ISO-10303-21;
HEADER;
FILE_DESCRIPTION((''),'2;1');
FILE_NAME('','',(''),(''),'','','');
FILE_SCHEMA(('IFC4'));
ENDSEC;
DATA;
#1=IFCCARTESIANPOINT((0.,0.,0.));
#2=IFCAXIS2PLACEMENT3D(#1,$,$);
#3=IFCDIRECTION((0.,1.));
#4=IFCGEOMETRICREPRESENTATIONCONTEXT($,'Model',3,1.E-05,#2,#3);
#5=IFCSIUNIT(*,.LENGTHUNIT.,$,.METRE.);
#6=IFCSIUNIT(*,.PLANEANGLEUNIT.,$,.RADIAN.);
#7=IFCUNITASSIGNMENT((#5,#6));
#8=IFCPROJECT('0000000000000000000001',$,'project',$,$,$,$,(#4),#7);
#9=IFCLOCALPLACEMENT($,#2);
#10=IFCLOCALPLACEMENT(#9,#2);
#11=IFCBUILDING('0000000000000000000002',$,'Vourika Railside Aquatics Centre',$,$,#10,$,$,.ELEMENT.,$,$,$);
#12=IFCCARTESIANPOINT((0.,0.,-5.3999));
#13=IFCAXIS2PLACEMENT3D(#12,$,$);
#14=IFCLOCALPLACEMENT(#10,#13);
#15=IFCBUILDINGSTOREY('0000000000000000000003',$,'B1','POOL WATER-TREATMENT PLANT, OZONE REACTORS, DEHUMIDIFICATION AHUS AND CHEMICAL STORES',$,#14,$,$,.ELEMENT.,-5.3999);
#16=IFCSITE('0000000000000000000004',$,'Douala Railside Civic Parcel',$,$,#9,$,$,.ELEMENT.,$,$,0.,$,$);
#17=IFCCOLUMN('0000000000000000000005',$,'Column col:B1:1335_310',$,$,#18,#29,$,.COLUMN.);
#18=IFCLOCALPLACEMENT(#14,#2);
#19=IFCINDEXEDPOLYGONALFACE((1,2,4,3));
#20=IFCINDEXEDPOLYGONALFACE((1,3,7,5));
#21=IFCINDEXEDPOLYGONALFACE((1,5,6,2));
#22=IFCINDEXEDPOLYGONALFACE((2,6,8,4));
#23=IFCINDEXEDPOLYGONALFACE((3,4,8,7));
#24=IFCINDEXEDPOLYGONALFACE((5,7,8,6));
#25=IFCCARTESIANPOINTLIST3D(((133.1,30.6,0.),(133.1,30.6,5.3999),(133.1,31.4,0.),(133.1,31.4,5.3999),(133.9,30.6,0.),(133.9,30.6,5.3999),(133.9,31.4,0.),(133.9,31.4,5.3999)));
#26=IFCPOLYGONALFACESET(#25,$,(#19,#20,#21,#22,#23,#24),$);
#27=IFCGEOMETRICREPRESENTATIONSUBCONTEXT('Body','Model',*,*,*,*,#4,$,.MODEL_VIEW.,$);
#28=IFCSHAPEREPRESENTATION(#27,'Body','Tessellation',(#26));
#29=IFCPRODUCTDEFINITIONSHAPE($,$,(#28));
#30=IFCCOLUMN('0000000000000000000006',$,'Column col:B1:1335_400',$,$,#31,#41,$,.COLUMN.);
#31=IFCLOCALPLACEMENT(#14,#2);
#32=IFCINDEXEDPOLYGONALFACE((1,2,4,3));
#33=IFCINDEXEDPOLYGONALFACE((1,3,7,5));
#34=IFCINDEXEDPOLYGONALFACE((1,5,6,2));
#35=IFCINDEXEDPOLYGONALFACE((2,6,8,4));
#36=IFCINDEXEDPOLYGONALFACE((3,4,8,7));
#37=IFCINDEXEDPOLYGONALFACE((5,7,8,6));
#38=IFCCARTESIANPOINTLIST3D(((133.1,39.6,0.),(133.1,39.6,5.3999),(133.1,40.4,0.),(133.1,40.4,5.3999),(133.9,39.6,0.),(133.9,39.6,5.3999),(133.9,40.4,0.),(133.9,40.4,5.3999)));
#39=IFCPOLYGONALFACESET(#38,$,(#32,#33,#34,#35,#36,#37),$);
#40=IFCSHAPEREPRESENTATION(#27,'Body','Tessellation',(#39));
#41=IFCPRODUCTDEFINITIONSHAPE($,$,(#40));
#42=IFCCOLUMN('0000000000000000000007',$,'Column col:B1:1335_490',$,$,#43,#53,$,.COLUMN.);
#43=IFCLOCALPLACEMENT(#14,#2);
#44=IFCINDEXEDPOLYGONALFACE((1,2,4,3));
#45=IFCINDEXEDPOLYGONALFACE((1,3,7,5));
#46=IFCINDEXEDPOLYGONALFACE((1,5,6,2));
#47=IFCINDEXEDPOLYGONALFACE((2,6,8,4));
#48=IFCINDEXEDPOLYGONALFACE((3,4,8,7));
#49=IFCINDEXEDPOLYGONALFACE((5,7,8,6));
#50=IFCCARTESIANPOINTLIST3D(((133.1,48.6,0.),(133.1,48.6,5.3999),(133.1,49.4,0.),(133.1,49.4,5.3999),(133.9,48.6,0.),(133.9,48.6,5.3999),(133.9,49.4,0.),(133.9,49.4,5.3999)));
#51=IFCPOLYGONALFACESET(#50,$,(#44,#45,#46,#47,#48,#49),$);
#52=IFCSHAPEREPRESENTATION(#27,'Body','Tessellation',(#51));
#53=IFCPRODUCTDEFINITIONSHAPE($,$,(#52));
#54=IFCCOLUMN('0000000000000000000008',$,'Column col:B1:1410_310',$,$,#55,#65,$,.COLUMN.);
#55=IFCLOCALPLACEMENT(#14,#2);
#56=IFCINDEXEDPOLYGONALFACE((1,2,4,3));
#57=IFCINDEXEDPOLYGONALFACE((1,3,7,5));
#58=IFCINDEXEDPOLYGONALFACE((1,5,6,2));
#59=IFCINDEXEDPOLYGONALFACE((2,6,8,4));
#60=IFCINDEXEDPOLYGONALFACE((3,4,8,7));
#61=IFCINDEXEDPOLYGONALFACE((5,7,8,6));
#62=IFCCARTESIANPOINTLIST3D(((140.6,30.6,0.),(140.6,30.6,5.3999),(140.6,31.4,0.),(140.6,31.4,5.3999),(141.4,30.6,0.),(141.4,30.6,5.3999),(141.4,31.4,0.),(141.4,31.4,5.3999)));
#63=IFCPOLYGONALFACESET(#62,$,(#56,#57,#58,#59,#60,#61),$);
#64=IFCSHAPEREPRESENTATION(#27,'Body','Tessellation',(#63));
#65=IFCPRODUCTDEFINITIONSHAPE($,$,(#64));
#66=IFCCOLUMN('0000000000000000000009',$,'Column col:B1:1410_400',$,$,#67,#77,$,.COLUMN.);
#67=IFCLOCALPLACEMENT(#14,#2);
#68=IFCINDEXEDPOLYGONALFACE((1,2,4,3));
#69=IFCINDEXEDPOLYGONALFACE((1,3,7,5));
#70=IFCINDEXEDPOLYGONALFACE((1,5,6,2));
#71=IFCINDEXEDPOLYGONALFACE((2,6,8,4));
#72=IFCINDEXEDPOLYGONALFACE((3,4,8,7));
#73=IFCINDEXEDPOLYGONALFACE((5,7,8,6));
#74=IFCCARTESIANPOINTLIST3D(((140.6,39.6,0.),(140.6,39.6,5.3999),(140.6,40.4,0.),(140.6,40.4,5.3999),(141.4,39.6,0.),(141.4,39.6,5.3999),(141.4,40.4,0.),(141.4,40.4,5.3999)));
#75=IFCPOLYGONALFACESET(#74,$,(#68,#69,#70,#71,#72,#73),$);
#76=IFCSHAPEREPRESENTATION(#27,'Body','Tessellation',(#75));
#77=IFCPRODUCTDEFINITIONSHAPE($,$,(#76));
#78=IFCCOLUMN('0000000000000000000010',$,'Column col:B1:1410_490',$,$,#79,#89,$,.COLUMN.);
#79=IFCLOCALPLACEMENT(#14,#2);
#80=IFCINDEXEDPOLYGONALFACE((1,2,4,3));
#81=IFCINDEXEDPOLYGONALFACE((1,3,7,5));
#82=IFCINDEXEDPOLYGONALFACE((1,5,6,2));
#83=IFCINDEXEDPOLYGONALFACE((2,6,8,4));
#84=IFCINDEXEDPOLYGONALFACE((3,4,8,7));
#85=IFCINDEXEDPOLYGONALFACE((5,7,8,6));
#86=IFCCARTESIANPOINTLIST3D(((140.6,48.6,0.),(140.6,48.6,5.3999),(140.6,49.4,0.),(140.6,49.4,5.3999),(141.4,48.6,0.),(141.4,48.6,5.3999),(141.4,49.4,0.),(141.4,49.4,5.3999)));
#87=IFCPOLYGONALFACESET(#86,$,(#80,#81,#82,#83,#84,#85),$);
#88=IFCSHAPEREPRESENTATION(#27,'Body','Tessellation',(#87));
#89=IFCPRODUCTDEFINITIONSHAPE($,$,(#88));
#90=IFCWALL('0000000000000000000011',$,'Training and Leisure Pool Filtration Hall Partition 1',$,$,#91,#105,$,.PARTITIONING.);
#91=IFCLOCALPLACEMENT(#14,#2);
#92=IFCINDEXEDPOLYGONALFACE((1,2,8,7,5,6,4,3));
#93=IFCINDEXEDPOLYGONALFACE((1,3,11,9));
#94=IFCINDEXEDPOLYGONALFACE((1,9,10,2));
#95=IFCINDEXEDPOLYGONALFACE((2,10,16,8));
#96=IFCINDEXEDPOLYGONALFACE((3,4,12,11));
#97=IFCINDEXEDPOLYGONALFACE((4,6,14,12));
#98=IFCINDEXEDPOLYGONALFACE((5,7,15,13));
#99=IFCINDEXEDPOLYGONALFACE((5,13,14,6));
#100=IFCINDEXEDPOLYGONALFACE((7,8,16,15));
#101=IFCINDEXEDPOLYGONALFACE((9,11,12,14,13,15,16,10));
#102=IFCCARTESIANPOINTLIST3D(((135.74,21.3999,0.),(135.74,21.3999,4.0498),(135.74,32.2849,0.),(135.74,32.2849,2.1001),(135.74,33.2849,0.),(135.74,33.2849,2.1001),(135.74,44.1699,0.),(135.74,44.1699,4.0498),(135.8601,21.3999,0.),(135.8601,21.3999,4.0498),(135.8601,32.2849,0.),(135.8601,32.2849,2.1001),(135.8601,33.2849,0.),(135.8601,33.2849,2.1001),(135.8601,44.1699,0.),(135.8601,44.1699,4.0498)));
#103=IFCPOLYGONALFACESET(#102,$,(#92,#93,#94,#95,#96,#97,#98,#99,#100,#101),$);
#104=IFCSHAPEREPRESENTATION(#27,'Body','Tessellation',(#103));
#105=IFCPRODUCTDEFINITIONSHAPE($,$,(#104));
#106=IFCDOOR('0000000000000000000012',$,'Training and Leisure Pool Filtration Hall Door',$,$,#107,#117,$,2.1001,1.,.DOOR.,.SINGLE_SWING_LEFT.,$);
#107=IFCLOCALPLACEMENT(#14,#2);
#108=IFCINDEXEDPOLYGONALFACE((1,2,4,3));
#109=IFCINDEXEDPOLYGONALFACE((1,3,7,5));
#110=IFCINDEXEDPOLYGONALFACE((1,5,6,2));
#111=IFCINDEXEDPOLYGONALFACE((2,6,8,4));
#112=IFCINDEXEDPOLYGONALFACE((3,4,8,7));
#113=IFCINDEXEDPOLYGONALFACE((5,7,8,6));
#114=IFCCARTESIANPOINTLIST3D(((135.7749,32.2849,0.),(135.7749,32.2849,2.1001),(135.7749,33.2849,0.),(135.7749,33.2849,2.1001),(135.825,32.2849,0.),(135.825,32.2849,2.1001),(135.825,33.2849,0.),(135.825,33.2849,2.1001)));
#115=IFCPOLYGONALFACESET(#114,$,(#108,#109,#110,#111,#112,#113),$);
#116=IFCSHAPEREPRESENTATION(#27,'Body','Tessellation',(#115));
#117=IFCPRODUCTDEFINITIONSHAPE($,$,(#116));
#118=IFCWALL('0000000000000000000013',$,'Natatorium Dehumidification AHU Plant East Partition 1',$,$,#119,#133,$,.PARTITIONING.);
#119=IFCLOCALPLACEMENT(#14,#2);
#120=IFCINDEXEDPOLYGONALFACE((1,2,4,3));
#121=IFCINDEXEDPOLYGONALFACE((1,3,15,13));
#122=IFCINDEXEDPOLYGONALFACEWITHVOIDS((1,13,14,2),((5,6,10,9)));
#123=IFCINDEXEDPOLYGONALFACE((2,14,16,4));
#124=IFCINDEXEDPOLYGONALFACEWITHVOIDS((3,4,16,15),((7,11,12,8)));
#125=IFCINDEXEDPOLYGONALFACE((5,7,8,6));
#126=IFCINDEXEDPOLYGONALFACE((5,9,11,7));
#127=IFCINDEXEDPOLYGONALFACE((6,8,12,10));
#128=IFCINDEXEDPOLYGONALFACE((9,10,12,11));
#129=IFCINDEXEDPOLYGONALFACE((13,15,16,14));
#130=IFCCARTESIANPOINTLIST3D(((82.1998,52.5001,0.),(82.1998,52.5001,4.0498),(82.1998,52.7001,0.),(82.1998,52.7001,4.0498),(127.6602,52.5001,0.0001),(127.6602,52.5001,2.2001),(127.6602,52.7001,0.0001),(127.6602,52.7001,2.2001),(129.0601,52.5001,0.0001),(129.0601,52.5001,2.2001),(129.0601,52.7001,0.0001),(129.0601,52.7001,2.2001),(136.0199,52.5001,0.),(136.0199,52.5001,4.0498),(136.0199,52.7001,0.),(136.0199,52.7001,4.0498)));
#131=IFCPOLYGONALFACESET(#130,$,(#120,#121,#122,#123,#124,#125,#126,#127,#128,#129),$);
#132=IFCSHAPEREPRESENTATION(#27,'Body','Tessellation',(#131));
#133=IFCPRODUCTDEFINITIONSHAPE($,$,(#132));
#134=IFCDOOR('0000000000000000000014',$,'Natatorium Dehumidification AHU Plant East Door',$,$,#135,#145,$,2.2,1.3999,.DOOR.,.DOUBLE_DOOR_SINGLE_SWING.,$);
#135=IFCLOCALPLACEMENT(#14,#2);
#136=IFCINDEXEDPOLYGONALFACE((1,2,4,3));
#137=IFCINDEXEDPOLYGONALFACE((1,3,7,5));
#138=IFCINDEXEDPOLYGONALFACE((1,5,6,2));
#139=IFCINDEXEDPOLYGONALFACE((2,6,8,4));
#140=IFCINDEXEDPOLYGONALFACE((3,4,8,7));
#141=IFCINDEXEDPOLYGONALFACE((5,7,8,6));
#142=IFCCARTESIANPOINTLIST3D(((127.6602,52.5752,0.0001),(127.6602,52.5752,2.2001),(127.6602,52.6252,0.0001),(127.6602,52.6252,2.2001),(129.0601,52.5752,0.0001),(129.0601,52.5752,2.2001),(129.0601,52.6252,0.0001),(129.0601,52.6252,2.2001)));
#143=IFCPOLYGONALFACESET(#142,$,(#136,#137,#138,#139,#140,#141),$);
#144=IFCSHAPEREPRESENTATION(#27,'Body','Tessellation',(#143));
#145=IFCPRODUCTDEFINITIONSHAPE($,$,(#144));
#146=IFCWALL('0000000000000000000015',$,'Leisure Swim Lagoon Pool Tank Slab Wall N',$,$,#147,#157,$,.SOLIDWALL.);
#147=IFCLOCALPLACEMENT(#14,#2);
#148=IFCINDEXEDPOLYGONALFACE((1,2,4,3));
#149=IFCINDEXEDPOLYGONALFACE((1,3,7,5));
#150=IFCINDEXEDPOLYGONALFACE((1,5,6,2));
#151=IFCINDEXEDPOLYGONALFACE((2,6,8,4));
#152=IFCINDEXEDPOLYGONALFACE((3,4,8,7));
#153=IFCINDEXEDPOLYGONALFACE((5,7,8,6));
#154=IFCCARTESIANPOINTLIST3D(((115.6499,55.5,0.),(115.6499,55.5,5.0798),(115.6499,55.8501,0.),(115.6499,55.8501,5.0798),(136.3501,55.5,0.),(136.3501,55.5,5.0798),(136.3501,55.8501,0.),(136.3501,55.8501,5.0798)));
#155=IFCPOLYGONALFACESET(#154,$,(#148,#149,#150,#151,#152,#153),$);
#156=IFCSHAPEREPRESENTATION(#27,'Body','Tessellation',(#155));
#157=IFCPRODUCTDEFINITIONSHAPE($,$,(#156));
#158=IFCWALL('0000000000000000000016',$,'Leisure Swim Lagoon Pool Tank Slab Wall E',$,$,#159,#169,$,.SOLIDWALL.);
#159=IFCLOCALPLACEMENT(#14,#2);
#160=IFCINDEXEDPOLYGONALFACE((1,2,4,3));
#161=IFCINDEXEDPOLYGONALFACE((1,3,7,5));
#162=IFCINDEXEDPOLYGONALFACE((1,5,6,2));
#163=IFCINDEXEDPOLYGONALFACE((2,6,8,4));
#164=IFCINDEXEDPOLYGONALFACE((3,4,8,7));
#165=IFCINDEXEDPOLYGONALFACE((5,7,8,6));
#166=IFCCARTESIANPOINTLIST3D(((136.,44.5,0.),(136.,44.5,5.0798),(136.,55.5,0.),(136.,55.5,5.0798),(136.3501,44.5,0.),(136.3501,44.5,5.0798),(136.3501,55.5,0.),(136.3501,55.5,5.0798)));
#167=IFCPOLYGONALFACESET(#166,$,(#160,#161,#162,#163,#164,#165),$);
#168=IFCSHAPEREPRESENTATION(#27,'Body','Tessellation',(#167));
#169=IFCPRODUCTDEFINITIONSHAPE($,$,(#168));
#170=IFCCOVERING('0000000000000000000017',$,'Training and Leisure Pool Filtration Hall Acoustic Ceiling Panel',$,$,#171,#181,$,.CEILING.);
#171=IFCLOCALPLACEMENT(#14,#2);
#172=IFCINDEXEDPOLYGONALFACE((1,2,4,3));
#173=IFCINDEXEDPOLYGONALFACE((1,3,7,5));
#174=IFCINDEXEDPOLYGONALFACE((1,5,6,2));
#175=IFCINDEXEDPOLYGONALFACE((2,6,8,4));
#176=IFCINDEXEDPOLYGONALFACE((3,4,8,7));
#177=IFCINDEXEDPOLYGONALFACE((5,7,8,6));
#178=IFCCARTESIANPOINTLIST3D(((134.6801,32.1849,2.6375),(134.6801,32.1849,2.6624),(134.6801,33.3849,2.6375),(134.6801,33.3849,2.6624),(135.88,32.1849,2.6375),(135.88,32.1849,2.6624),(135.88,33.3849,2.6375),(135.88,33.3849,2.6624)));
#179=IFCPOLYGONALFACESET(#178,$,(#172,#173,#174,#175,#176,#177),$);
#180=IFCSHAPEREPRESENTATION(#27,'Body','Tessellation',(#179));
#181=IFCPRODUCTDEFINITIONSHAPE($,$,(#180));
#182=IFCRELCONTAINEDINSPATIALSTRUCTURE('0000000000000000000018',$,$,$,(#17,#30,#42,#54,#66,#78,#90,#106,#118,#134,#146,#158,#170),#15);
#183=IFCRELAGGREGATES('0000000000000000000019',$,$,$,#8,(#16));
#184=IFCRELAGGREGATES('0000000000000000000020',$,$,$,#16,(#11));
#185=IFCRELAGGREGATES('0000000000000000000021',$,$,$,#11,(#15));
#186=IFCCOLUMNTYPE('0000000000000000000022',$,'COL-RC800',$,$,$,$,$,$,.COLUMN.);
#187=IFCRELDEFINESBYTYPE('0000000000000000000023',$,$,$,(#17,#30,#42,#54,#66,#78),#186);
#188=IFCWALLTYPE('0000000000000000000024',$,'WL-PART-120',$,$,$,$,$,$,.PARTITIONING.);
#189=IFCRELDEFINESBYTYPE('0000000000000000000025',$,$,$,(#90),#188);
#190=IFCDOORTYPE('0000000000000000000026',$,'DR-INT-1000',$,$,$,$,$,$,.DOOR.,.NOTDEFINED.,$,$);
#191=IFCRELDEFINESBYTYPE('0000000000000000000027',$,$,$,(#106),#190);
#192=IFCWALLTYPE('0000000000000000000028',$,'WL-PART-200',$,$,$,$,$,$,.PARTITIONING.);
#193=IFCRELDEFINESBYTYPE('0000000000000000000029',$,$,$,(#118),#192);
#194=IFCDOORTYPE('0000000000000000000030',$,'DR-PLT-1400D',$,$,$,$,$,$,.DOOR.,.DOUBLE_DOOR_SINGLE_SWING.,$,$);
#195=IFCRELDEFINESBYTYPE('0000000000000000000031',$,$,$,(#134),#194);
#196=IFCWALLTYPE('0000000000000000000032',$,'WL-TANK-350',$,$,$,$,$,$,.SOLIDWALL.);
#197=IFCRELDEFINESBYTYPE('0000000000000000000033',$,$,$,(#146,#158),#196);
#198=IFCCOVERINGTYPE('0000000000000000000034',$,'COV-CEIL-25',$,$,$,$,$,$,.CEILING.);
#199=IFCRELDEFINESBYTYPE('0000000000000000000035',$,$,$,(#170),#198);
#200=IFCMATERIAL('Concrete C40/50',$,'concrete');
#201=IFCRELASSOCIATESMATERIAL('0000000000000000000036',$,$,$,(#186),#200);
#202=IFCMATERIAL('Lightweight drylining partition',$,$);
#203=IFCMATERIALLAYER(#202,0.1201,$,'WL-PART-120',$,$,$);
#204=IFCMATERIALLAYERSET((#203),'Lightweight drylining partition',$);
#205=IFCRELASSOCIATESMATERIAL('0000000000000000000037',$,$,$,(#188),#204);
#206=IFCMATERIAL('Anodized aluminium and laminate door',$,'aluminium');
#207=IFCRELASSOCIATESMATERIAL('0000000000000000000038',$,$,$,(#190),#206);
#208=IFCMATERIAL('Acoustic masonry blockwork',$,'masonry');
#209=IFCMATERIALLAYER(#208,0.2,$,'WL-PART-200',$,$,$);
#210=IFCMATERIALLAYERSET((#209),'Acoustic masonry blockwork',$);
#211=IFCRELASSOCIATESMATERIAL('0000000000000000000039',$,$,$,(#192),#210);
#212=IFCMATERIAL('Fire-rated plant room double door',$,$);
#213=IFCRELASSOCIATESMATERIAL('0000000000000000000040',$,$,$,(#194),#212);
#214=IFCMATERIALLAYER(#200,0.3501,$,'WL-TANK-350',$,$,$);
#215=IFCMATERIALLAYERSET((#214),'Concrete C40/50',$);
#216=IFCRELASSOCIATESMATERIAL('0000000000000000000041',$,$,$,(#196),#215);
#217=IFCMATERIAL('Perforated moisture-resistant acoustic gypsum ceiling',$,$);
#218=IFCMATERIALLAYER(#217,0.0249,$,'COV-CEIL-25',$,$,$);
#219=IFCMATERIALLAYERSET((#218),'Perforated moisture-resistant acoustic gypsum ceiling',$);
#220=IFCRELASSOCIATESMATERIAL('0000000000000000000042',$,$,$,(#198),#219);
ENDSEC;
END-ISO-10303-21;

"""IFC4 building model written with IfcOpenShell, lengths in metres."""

from ifc_helpers import new_model, si_unit, direction, frame, frame_2d, origin, origin_2d, place, context, subcontext, project, spatial, rectangle, extrude, material, layer, layer_set, material_profile, profile_set, type_object, element, fill, save


model = new_model("IFC4")

# Units and contexts
model_context = context("Model", 3, precision=1e-05, world=origin(), true_north=direction((0.0, 1.0)))
body_context = subcontext(model_context, "Body", "Model", "MODEL_VIEW")
ifc_project = project(units=[si_unit("LENGTHUNIT", "METRE"), si_unit("PLANEANGLEUNIT", "RADIAN")], contexts=[model_context])

# Site, building, storey
site_placement = place(None, origin())
site = spatial("IfcSite", under=ifc_project, at=site_placement, Name="Douala Railside Civic Parcel", CompositionType="ELEMENT", RefElevation=0.0)
building_placement = place(site_placement, origin())
building = spatial("IfcBuilding", under=site, at=building_placement, Name="Vourika Railside Aquatics Centre", CompositionType="ELEMENT")
storey_placement = place(building_placement, frame((0.0, 0.0, -5.3999)))
storey = spatial("IfcBuildingStorey", under=building, at=storey_placement, Name="B1", Description="POOL WATER-TREATMENT PLANT, OZONE REACTORS, DEHUMIDIFICATION AHUS AND CHEMICAL STORES", CompositionType="ELEMENT", Elevation=-5.3999)

# Shared definitions
ifc_material_1 = material(Name="Concrete C40/50", Category="concrete")

# Columns
ifc_material_profile_1 = material_profile(ifc_material_1, rectangle(XDim=0.8, YDim=0.8, at=origin_2d()), Name="RC 800x800")
ifc_profile_set_1 = profile_set([ifc_material_profile_1], Name="Concrete C40/50")
column_type_1 = type_object("IfcColumnType", Name="COL-RC800", PredefinedType="COLUMN", material=ifc_profile_set_1)
for number, where, z_axis, x_axis, name in (
    (1, (133.5, 31.0, 0.0), (0.0, 0.0, 1.0), (1.0, 0.0, 0.0), "Column col:B1:1335_310"),
    (2, (133.5, 40.0, 0.0), (0.0, 0.0, 1.0), (1.0, 0.0, 0.0), "Column col:B1:1335_400"),
    (3, (133.5, 49.0, 0.0), (0.0, 0.0, 1.0), (1.0, 0.0, 0.0), "Column col:B1:1335_490"),
    (4, (141.0, 31.0, 0.0), (0.0, 0.0, 1.0), (1.0, 0.0, 0.0), "Column col:B1:1410_310"),
    (5, (141.0, 40.0, 0.0), (0.0, 0.0, 1.0), (1.0, 0.0, 0.0), "Column col:B1:1410_400"),
    (6, (141.0, 49.0, 0.0), (0.0, 0.0, 1.0), (1.0, 0.0, 0.0), "Column col:B1:1410_490"),
):
    element("IfcColumn", number, at=place(storey_placement, frame(where, z_axis=z_axis, x_axis=x_axis)), inside=storey, type_object=column_type_1, Name=name, PredefinedType="COLUMN", context=body_context, shape_type="SweptSolid", body=[
        extrude(rectangle(XDim=0.8, YDim=0.8, at=origin_2d()), origin(), (0.0, 0.0, 1.0), 5.3999),
    ])

# Walls, openings, doors
ifc_material_2 = material(Name="Lightweight drylining partition")
ifc_layer_1 = layer(ifc_material_2, 0.1201, Name="WL-PART-120")
ifc_layer_set_1 = layer_set([ifc_layer_1], Name="Lightweight drylining partition")
wall_type_1 = type_object("IfcWallType", Name="WL-PART-120", PredefinedType="PARTITIONING", material=ifc_layer_set_1)
wall_1_placement = place(storey_placement, frame((135.8, 44.1699, 0.0), z_axis=(0.0, 0.0, 1.0), x_axis=(0.0, -1.0, 0.0)))
wall_1 = element("IfcWall", 7, at=wall_1_placement, inside=storey, type_object=wall_type_1, Name="Training and Leisure Pool Filtration Hall Partition 1", PredefinedType="PARTITIONING", context=body_context, shape_type="SweptSolid", body=[
    extrude(rectangle(XDim=22.77, YDim=0.1201, at=frame_2d((11.385, 0.0))), origin(), (0.0, 0.0, 1.0), 4.0498),
])
opening_1_placement = place(wall_1_placement, frame((10.885, 0.0, 0.0)))
opening_1 = element("IfcOpeningElement", 8, at=opening_1_placement, cuts=wall_1, PredefinedType="OPENING", context=body_context, shape_type="SweptSolid", body=[
    extrude(rectangle(XDim=1.0, YDim=2.1001, at=frame_2d((0.5, 1.05))), frame((0.0, 0.0701, 0.0), z_axis=(0.0, -1.0, 0.0), x_axis=(1.0, 0.0, 0.0)), (0.0, 0.0, 1.0), 0.1401),
])
ifc_material_3 = material(Name="Anodized aluminium and laminate door", Category="aluminium")
door_type_1 = type_object("IfcDoorType", Name="DR-INT-1000", OperationType="NOTDEFINED", PredefinedType="DOOR", material=ifc_material_3)
door_1_placement = place(opening_1_placement, origin())
door_1 = element("IfcDoor", 9, at=door_1_placement, inside=storey, type_object=door_type_1, Name="Training and Leisure Pool Filtration Hall Door", OperationType="SINGLE_SWING_LEFT", OverallHeight=2.1001, OverallWidth=1.0, PredefinedType="DOOR", context=body_context, shape_type="SweptSolid", body=[
    extrude(rectangle(XDim=1.0, YDim=2.1001, at=frame_2d((0.5, 1.05))), frame((0.0, 0.0249, 0.0), z_axis=(0.0, -1.0, 0.0), x_axis=(1.0, 0.0, 0.0)), (0.0, 0.0, 1.0), 0.05),
])
fill(opening_1, door_1)
ifc_material_4 = material(Name="Acoustic masonry blockwork", Category="masonry")
ifc_layer_2 = layer(ifc_material_4, 0.2, Name="WL-PART-200")
ifc_layer_set_2 = layer_set([ifc_layer_2], Name="Acoustic masonry blockwork")
wall_type_2 = type_object("IfcWallType", Name="WL-PART-200", PredefinedType="PARTITIONING", material=ifc_layer_set_2)
wall_2_placement = place(storey_placement, frame((136.02, 52.6001, 0.0), z_axis=(0.0, 0.0, 1.0), x_axis=(-1.0, 0.0, 0.0)))
wall_2 = element("IfcWall", 10, at=wall_2_placement, inside=storey, type_object=wall_type_2, Name="Natatorium Dehumidification AHU Plant East Partition 1", PredefinedType="PARTITIONING", context=body_context, shape_type="SweptSolid", body=[
    extrude(rectangle(XDim=53.8201, YDim=0.2, at=frame_2d((26.9102, 0.0))), origin(), (0.0, 0.0, 1.0), 4.0498),
])
opening_2_placement = place(wall_2_placement, frame((6.96, 0.0, 0.0)))
opening_2 = element("IfcOpeningElement", 11, at=opening_2_placement, cuts=wall_2, PredefinedType="OPENING", context=body_context, shape_type="SweptSolid", body=[
    extrude(rectangle(XDim=1.3999, YDim=2.2, at=frame_2d((0.7, 1.1001))), frame((0.0, 0.1099, 0.0), z_axis=(0.0, -1.0, 0.0), x_axis=(1.0, 0.0, 0.0)), (0.0, 0.0, 1.0), 0.22),
])
ifc_material_5 = material(Name="Fire-rated plant room double door")
door_type_2 = type_object("IfcDoorType", Name="DR-PLT-1400D", OperationType="DOUBLE_DOOR_SINGLE_SWING", PredefinedType="DOOR", material=ifc_material_5)
door_2_placement = place(opening_2_placement, origin())
door_2 = element("IfcDoor", 12, at=door_2_placement, inside=storey, type_object=door_type_2, Name="Natatorium Dehumidification AHU Plant East Door", OperationType="DOUBLE_DOOR_SINGLE_SWING", OverallHeight=2.2, OverallWidth=1.3999, PredefinedType="DOOR", context=body_context, shape_type="SweptSolid", body=[
    extrude(rectangle(XDim=1.3999, YDim=2.2, at=frame_2d((0.7, 1.1001))), frame((0.0, 0.0249, 0.0), z_axis=(0.0, -1.0, 0.0), x_axis=(1.0, 0.0, 0.0)), (0.0, 0.0, 1.0), 0.05),
])
fill(opening_2, door_2)

# Walls
ifc_layer_3 = layer(ifc_material_1, 0.3501, Name="WL-TANK-350")
ifc_layer_set_3 = layer_set([ifc_layer_3], Name="Concrete C40/50")
wall_type_3 = type_object("IfcWallType", Name="WL-TANK-350", PredefinedType="SOLIDWALL", material=ifc_layer_set_3)
wall_3_placement = place(storey_placement, frame((136.3501, 55.675, 0.0), z_axis=(0.0, 0.0, 1.0), x_axis=(-1.0, 0.0, 0.0)))
element("IfcWall", 13, at=wall_3_placement, inside=storey, type_object=wall_type_3, Name="Leisure Swim Lagoon Pool Tank Slab Wall N", PredefinedType="SOLIDWALL", context=body_context, shape_type="SweptSolid", body=[
    extrude(rectangle(XDim=20.7002, YDim=0.3501, at=frame_2d((10.3501, 0.0))), origin(), (0.0, 0.0, 1.0), 5.0798),
])
wall_4_placement = place(storey_placement, frame((136.175, 44.5, 0.0), z_axis=(0.0, 0.0, 1.0), x_axis=(0.0, 1.0, 0.0)))
element("IfcWall", 14, at=wall_4_placement, inside=storey, type_object=wall_type_3, Name="Leisure Swim Lagoon Pool Tank Slab Wall E", PredefinedType="SOLIDWALL", context=body_context, shape_type="SweptSolid", body=[
    extrude(rectangle(XDim=11.0, YDim=0.3501, at=frame_2d((5.5, 0.0))), origin(), (0.0, 0.0, 1.0), 5.0798),
])

# Covering
ifc_material_6 = material(Name="Perforated moisture-resistant acoustic gypsum ceiling")
ifc_layer_4 = layer(ifc_material_6, 0.0249, Name="COV-CEIL-25")
ifc_layer_set_4 = layer_set([ifc_layer_4], Name="Perforated moisture-resistant acoustic gypsum ceiling")
covering_type_1 = type_object("IfcCoveringType", Name="COV-CEIL-25", PredefinedType="CEILING", material=ifc_layer_set_4)
covering_1_placement = place(storey_placement, frame((135.28, 32.7849, 2.6375), z_axis=(0.0, 0.0, 1.0), x_axis=(1.0, 0.0, 0.0)))
element("IfcCovering", 15, at=covering_1_placement, inside=storey, type_object=covering_type_1, Name="Training and Leisure Pool Filtration Hall Acoustic Ceiling Panel", PredefinedType="CEILING", context=body_context, shape_type="SweptSolid", body=[
    extrude(rectangle(XDim=1.2, YDim=1.2, at=origin_2d()), origin(), (0.0, 0.0, 1.0), 0.0249),
])

save(model, "model.ifc")
